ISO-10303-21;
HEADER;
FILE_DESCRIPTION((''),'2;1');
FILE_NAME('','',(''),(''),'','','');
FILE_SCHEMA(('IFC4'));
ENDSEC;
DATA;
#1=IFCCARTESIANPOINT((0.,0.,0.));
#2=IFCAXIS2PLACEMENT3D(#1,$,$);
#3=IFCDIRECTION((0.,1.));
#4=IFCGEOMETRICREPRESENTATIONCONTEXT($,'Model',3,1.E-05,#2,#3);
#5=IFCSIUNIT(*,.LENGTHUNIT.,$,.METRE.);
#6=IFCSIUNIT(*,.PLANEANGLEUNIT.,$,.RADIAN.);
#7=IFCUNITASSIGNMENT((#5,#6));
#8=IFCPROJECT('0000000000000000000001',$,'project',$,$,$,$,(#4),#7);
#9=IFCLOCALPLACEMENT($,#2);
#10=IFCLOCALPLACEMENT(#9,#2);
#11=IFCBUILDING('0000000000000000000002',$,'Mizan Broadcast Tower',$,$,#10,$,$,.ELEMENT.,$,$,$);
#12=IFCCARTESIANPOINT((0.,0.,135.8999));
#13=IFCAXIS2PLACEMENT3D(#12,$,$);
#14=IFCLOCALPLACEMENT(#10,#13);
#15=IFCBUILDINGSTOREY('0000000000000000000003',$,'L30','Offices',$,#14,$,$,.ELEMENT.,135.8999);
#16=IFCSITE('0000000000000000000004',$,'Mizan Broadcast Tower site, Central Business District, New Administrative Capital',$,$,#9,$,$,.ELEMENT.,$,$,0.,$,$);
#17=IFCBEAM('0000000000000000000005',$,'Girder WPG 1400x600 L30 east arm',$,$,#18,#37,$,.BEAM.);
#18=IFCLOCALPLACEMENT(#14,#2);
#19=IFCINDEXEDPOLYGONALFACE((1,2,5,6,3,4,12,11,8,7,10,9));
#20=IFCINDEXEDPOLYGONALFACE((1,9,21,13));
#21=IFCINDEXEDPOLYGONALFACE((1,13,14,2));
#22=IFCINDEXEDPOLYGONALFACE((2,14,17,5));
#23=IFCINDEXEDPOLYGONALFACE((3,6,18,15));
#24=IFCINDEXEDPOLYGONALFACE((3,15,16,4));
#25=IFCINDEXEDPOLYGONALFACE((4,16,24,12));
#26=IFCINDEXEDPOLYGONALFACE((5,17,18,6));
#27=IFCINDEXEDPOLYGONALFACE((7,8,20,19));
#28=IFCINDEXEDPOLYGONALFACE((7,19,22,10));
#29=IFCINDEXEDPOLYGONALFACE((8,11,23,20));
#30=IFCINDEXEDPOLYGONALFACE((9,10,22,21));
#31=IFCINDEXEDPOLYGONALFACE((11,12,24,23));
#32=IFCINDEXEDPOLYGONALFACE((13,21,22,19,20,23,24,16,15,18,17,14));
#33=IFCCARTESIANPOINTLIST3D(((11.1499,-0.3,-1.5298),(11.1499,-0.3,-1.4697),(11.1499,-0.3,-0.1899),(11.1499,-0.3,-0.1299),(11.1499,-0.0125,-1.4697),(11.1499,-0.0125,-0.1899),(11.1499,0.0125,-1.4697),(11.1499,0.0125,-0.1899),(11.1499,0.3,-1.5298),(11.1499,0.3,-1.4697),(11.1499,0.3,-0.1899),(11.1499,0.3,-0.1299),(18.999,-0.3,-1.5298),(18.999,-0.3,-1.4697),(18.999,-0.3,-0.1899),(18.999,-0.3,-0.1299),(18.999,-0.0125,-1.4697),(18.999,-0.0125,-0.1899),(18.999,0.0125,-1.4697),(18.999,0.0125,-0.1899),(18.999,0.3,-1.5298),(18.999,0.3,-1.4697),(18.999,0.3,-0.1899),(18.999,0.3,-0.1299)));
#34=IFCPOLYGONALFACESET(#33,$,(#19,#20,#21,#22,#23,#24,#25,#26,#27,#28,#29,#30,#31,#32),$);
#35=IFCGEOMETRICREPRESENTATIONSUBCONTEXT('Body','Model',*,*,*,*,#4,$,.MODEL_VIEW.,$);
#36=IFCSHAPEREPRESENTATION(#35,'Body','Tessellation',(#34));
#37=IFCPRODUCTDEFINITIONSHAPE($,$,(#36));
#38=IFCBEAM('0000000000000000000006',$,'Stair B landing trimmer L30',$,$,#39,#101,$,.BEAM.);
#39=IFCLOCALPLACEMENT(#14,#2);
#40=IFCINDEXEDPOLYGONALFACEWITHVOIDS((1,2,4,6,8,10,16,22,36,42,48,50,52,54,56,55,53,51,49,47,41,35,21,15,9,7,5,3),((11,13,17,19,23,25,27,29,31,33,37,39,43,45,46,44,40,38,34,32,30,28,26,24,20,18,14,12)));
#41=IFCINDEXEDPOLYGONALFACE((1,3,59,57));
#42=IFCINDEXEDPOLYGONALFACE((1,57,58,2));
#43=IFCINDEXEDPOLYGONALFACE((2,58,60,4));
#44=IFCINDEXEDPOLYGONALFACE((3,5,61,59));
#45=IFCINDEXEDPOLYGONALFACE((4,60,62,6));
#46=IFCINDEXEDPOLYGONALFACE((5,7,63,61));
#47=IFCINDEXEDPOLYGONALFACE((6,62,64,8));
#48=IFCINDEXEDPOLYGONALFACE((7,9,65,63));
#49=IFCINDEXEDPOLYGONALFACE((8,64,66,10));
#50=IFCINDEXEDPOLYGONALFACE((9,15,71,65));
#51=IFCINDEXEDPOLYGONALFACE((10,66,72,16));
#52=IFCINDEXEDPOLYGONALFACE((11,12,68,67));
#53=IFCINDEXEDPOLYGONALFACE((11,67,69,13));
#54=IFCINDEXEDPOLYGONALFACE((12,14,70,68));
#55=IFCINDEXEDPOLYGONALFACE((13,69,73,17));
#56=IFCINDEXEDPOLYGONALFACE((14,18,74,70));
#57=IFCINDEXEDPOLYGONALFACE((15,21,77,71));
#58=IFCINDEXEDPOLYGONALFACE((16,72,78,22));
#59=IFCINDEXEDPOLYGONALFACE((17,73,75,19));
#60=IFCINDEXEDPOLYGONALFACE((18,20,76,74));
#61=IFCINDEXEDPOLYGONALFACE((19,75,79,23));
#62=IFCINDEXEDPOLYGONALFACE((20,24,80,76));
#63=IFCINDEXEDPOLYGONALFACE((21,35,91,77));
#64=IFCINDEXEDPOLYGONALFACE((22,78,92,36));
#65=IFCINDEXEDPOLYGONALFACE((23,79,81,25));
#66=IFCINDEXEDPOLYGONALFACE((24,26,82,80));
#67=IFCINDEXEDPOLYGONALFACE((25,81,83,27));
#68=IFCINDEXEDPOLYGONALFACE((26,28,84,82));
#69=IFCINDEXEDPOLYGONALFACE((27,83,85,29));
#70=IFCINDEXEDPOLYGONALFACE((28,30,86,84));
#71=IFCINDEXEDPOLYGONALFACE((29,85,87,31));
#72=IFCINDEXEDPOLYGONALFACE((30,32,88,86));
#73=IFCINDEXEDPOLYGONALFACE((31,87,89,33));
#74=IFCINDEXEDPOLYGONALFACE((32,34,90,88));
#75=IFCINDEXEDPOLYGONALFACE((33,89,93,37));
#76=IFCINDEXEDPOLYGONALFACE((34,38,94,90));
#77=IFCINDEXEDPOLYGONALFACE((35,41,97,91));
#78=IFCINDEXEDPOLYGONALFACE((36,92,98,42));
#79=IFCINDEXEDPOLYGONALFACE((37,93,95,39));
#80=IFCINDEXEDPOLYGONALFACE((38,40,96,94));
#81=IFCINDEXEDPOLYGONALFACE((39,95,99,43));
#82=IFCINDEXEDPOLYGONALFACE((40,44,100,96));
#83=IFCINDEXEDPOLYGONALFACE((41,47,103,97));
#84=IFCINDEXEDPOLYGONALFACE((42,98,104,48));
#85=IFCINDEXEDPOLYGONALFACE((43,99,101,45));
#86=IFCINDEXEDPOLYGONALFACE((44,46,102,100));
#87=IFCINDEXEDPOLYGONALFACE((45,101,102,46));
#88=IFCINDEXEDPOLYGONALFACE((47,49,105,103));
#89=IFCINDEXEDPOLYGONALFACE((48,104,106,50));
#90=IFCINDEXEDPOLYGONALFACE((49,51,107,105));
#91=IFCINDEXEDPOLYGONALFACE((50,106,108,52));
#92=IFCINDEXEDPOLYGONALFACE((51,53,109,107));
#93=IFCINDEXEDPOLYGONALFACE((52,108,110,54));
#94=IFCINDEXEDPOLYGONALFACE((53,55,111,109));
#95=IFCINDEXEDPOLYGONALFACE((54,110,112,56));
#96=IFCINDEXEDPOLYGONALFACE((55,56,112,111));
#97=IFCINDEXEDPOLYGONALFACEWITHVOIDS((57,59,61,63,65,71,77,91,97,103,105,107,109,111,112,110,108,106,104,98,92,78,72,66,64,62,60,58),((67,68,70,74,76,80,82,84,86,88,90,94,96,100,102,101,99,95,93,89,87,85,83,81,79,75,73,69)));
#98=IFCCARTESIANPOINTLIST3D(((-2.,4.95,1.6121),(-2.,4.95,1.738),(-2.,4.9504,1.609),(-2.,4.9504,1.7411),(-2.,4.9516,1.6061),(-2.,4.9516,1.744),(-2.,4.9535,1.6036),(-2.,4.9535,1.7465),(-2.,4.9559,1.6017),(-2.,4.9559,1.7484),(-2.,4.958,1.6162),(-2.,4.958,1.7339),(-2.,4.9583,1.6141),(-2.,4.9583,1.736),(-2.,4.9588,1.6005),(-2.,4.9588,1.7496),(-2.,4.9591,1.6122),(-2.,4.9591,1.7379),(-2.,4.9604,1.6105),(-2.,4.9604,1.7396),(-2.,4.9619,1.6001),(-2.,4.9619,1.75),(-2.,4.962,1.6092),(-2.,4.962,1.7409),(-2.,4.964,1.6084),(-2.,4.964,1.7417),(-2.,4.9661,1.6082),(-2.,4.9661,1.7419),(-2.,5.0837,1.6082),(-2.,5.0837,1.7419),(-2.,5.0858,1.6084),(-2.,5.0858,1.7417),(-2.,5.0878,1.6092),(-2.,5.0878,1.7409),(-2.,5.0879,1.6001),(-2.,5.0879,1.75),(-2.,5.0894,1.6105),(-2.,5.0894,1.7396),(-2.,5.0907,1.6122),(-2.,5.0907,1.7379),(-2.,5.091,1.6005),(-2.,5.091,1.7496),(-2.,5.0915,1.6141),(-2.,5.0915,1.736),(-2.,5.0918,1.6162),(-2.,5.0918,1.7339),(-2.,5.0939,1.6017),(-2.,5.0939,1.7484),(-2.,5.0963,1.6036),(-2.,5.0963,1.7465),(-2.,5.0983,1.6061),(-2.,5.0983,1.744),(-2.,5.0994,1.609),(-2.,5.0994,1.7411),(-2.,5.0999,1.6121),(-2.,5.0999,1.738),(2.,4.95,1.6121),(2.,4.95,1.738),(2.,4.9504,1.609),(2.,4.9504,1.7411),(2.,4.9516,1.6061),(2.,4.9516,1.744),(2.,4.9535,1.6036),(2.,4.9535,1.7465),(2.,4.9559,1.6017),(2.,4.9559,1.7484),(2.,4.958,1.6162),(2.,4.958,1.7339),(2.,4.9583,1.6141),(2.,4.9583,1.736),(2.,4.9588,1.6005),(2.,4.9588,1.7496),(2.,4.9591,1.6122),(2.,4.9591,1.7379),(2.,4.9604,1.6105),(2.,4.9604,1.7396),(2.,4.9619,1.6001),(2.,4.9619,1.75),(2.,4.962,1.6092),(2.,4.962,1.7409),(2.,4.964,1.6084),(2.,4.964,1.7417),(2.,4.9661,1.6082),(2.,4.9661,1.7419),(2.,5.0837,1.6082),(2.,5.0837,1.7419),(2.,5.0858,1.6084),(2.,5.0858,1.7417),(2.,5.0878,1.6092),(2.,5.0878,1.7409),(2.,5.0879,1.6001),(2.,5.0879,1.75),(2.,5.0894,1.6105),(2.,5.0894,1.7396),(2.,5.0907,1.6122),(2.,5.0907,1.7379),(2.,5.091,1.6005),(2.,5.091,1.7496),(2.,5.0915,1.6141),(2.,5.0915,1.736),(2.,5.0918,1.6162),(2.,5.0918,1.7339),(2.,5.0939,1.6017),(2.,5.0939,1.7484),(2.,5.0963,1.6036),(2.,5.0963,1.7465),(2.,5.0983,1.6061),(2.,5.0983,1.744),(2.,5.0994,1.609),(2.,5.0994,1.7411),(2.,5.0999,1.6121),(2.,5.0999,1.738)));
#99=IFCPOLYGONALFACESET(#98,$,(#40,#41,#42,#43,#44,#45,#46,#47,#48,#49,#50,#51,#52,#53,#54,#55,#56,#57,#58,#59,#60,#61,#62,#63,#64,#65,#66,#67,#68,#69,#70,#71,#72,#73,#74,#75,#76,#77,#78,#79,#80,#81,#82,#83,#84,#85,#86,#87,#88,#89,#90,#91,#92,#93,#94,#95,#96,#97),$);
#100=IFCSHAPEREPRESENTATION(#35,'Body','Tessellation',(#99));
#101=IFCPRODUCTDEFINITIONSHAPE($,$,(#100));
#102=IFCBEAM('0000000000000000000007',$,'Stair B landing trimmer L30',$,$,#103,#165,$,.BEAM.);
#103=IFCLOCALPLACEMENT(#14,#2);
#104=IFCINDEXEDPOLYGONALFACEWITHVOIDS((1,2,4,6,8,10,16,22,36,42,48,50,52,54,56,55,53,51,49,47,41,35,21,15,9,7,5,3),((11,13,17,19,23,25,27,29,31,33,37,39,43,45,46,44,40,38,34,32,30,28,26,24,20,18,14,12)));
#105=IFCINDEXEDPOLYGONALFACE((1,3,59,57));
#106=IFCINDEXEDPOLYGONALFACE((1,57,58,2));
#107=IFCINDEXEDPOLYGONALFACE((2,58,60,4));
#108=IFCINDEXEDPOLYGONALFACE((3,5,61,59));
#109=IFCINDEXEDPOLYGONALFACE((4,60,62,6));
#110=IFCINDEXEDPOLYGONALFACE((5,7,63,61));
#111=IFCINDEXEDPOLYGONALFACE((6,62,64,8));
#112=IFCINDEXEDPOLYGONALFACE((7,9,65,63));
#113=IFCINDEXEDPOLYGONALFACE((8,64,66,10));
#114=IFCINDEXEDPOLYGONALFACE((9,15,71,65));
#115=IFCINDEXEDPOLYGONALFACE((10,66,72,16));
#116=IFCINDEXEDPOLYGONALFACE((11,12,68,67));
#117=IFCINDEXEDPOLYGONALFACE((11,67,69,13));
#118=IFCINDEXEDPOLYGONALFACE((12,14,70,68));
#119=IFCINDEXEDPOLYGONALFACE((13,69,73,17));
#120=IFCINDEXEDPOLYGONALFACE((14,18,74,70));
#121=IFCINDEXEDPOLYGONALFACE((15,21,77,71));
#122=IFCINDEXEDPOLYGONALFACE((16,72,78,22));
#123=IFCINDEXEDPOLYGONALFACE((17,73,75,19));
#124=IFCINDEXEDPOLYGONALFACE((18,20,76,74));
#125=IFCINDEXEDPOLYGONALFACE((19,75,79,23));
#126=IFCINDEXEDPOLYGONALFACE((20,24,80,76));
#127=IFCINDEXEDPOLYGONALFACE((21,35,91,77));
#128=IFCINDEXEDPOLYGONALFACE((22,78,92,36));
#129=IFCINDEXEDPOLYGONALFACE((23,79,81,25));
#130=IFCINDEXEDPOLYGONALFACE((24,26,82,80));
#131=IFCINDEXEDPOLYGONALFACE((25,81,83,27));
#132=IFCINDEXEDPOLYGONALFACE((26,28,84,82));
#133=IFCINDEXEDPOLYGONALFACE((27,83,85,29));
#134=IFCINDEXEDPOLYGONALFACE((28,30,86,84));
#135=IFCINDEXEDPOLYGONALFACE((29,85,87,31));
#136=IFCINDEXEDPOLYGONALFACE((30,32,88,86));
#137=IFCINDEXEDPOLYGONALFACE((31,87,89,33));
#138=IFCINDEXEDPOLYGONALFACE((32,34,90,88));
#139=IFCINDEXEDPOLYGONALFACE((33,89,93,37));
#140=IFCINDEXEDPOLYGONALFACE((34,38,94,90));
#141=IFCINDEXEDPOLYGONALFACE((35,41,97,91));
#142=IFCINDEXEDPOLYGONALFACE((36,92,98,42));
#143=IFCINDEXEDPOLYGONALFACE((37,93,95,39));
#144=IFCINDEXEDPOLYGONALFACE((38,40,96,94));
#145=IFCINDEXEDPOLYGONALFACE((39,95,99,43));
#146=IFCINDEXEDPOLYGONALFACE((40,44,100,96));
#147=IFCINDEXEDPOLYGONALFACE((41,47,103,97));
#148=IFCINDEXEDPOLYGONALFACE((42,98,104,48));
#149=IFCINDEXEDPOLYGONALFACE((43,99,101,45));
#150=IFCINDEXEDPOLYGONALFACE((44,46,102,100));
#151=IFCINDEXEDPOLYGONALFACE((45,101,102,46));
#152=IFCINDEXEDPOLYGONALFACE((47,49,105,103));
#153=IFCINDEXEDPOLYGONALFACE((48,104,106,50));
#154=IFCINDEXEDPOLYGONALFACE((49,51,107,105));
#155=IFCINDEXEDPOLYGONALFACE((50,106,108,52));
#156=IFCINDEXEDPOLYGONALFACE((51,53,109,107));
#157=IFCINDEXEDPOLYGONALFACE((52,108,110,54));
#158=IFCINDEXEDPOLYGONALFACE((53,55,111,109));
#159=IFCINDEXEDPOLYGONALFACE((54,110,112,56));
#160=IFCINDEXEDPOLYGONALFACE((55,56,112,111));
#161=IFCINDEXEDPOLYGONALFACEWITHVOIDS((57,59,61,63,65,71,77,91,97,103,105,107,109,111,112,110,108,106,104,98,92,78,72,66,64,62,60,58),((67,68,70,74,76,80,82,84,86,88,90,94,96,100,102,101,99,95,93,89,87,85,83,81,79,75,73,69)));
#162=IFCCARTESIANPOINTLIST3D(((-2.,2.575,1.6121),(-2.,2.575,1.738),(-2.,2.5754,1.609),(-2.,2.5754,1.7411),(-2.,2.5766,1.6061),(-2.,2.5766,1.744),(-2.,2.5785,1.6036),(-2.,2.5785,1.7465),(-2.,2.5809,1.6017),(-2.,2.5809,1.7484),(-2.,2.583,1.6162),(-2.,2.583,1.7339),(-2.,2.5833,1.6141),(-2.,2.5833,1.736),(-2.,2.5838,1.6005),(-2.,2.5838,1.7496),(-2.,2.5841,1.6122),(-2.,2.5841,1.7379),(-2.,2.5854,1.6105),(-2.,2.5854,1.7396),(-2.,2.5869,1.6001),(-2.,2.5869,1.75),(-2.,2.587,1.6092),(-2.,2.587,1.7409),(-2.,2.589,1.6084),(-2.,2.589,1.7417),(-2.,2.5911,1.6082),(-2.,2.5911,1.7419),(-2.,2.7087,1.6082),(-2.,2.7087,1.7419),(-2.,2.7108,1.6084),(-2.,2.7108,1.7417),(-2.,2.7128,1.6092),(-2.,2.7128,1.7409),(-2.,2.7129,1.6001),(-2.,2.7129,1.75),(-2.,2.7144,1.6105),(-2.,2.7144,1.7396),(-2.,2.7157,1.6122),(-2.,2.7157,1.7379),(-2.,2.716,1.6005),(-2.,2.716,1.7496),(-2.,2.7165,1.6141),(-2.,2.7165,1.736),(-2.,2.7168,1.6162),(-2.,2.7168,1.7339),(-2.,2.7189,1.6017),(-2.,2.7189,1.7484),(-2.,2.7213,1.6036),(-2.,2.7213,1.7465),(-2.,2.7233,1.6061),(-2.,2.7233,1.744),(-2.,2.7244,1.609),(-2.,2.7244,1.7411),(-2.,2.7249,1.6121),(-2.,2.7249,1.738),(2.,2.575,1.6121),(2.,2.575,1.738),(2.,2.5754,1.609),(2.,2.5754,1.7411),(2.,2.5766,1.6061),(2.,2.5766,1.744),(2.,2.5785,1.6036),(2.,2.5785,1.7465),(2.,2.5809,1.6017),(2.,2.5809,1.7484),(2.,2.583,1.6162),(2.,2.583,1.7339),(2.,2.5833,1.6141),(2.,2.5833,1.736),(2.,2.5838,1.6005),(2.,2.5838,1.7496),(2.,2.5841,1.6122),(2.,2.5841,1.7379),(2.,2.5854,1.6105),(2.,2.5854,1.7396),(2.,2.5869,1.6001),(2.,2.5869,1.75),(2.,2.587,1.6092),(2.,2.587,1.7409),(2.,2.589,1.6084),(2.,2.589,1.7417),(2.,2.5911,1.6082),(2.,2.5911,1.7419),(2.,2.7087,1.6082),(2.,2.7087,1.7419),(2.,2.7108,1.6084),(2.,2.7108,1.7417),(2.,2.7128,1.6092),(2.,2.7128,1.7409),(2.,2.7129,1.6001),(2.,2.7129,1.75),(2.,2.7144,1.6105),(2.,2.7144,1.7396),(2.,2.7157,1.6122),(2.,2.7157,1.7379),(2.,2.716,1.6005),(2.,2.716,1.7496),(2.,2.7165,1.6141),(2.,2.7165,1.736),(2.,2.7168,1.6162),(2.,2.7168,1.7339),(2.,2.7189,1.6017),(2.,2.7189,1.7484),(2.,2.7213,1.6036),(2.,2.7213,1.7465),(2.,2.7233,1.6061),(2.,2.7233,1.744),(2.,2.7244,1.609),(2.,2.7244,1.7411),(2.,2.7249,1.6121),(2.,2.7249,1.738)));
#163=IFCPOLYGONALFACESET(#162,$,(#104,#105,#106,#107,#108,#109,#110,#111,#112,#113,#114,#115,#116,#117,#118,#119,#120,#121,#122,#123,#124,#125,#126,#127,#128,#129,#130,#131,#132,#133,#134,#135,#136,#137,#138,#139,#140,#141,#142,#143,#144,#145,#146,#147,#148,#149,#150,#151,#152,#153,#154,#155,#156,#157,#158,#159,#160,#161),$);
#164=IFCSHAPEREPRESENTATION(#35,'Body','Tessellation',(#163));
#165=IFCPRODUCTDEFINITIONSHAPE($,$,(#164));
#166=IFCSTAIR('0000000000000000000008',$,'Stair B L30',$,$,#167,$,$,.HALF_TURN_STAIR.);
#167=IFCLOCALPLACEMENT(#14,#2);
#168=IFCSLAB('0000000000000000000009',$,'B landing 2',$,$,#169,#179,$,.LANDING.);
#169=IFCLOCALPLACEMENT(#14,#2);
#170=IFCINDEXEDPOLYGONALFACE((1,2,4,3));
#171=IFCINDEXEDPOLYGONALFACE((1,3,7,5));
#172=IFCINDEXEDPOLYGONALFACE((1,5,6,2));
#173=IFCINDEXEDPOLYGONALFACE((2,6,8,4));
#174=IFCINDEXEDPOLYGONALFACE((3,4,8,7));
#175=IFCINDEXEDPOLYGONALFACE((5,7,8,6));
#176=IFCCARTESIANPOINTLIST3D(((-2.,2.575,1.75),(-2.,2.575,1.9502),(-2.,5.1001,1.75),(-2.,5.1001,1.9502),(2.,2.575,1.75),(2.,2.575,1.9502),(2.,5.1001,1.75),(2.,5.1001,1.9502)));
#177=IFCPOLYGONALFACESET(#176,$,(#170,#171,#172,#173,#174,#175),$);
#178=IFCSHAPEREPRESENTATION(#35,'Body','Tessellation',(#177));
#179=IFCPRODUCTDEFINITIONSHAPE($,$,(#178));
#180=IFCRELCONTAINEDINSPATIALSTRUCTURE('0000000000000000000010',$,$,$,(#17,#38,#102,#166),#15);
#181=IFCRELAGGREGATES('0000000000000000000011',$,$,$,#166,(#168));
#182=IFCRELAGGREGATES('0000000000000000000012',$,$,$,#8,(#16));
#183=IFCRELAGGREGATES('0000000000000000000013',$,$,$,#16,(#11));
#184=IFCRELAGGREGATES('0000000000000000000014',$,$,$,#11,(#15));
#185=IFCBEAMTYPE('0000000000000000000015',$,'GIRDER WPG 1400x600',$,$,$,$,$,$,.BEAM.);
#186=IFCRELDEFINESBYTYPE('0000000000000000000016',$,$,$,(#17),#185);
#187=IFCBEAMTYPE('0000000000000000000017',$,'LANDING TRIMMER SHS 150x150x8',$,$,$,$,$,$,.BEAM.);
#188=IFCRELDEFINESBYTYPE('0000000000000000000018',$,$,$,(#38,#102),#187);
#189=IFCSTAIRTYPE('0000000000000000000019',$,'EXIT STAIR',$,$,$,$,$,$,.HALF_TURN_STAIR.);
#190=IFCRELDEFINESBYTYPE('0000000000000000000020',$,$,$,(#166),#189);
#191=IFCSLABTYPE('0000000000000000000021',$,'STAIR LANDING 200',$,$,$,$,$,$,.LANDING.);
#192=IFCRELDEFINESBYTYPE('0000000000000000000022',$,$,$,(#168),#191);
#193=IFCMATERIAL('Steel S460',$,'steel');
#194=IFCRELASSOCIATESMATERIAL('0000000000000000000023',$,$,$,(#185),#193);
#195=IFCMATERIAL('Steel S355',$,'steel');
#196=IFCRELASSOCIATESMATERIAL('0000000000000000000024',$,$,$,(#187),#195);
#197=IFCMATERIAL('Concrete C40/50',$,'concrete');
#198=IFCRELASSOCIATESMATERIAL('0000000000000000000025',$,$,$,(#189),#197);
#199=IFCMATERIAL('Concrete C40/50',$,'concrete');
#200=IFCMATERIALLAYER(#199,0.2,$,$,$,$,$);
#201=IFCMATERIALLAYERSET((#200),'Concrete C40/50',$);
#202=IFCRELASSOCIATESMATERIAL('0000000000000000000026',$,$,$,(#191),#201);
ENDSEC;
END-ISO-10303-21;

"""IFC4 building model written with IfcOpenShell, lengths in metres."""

from ifc_helpers import new_model, si_unit, direction, frame, origin, origin_2d, place, context, subcontext, project, spatial, polyline, hollow_rectangle, i_section, outline, extrude, material, layer, layer_set, material_profile, profile_set, type_object, element, aggregate, save


model = new_model("IFC4")

# Units and contexts
model_context = context("Model", 3, precision=1e-05, world=origin(), true_north=direction((0.0, 1.0)))
body_context = subcontext(model_context, "Body", "Model", "MODEL_VIEW")
ifc_project = project(units=[si_unit("LENGTHUNIT", "METRE"), si_unit("PLANEANGLEUNIT", "RADIAN")], contexts=[model_context])

# Site, building, storey
site_placement = place(None, origin())
site = spatial("IfcSite", under=ifc_project, at=site_placement, Name="Mizan Broadcast Tower site, Central Business District, New Administrative Capital", CompositionType="ELEMENT", RefElevation=0.0)
building_placement = place(site_placement, origin())
building = spatial("IfcBuilding", under=site, at=building_placement, Name="Mizan Broadcast Tower", CompositionType="ELEMENT")
storey_placement = place(building_placement, frame((0.0, 0.0, 135.8999)))
storey = spatial("IfcBuildingStorey", under=building, at=storey_placement, Name="L30", Description="Offices", CompositionType="ELEMENT", Elevation=135.8999)

# Beams
ifc_material_1 = material(Name="Steel S460", Category="steel")
ifc_material_profile_1 = material_profile(ifc_material_1, i_section(OverallWidth=0.6001, OverallDepth=1.3999, WebThickness=0.0249, FlangeThickness=0.0601, at=origin_2d()), Name="WPG 1400x600")
ifc_profile_set_1 = profile_set([ifc_material_profile_1], Name="Steel S460")
beam_type_1 = type_object("IfcBeamType", Name="GIRDER WPG 1400x600", PredefinedType="BEAM", material=ifc_profile_set_1)
beam_placement = place(storey_placement, frame((11.1499, 0.0, -0.8298), z_axis=(1.0, 0.0, 0.0), x_axis=(0.0, 1.0, 0.0)))
element("IfcBeam", 1, at=beam_placement, inside=storey, type_object=beam_type_1, Name="Girder WPG 1400x600 L30 east arm", PredefinedType="BEAM", context=body_context, shape_type="SweptSolid", body=[
    extrude(i_section(OverallWidth=0.6001, OverallDepth=1.3999, WebThickness=0.0249, FlangeThickness=0.0601, at=origin_2d()), origin(), (0.0, 0.0, 1.0), 7.8491),
])
ifc_material_2 = material(Name="Steel S355", Category="steel")
ifc_material_profile_2 = material_profile(ifc_material_2, hollow_rectangle(XDim=0.1499, YDim=0.1499, WallThickness=0.0081, InnerFilletRadius=0.0081, OuterFilletRadius=0.012, at=origin_2d()), Name="SHS 150x150x8")
ifc_profile_set_2 = profile_set([ifc_material_profile_2], Name="Steel S355")
beam_type_2 = type_object("IfcBeamType", Name="LANDING TRIMMER SHS 150x150x8", PredefinedType="BEAM", material=ifc_profile_set_2)
for number, where, z_axis, x_axis, name in (
    (2, (2.0, 5.0249, 1.675), (-1.0, 0.0, 0.0), (0.0, -1.0, 0.0), "Stair B landing trimmer L30"),
    (3, (2.0, 2.6499, 1.675), (-1.0, 0.0, 0.0), (0.0, -1.0, 0.0), "Stair B landing trimmer L30"),
):
    element("IfcBeam", number, at=place(storey_placement, frame(where, z_axis=z_axis, x_axis=x_axis)), inside=storey, type_object=beam_type_2, Name=name, PredefinedType="BEAM", context=body_context, shape_type="SweptSolid", body=[
        extrude(hollow_rectangle(XDim=0.1499, YDim=0.1499, WallThickness=0.0081, InnerFilletRadius=0.0081, OuterFilletRadius=0.012, at=origin_2d()), origin(), (0.0, 0.0, 1.0), 4.0),
    ])

# Stair, slab
ifc_material_3 = material(Name="Concrete C40/50", Category="concrete")
stair_type = type_object("IfcStairType", Name="EXIT STAIR", PredefinedType="HALF_TURN_STAIR", material=ifc_material_3)
stair_placement = place(storey_placement, origin())
stair = element("IfcStair", 4, at=stair_placement, inside=storey, type_object=stair_type, Name="Stair B L30", PredefinedType="HALF_TURN_STAIR")
ifc_material_4 = material(Name="Concrete C40/50", Category="concrete")
ifc_layer_1 = layer(ifc_material_4, 0.2)
ifc_layer_set_1 = layer_set([ifc_layer_1], Name="Concrete C40/50")
slab_type = type_object("IfcSlabType", Name="STAIR LANDING 200", PredefinedType="LANDING", material=ifc_layer_set_1)
slab_placement = place(storey_placement, frame((0.0, 0.0, 1.75)))
slab = element("IfcSlab", 5, at=slab_placement, type_object=slab_type, Name="B landing 2", PredefinedType="LANDING", context=body_context, shape_type="SweptSolid", body=[
    extrude(outline(polyline([(2.0, 5.1001), (2.0, 2.575), (-2.0, 2.575), (-2.0, 5.1001), (2.0, 5.1001)])), origin(), (0.0, 0.0, 1.0), 0.2002),
])

aggregate(stair, [slab])

save(model, "model.ifc")
